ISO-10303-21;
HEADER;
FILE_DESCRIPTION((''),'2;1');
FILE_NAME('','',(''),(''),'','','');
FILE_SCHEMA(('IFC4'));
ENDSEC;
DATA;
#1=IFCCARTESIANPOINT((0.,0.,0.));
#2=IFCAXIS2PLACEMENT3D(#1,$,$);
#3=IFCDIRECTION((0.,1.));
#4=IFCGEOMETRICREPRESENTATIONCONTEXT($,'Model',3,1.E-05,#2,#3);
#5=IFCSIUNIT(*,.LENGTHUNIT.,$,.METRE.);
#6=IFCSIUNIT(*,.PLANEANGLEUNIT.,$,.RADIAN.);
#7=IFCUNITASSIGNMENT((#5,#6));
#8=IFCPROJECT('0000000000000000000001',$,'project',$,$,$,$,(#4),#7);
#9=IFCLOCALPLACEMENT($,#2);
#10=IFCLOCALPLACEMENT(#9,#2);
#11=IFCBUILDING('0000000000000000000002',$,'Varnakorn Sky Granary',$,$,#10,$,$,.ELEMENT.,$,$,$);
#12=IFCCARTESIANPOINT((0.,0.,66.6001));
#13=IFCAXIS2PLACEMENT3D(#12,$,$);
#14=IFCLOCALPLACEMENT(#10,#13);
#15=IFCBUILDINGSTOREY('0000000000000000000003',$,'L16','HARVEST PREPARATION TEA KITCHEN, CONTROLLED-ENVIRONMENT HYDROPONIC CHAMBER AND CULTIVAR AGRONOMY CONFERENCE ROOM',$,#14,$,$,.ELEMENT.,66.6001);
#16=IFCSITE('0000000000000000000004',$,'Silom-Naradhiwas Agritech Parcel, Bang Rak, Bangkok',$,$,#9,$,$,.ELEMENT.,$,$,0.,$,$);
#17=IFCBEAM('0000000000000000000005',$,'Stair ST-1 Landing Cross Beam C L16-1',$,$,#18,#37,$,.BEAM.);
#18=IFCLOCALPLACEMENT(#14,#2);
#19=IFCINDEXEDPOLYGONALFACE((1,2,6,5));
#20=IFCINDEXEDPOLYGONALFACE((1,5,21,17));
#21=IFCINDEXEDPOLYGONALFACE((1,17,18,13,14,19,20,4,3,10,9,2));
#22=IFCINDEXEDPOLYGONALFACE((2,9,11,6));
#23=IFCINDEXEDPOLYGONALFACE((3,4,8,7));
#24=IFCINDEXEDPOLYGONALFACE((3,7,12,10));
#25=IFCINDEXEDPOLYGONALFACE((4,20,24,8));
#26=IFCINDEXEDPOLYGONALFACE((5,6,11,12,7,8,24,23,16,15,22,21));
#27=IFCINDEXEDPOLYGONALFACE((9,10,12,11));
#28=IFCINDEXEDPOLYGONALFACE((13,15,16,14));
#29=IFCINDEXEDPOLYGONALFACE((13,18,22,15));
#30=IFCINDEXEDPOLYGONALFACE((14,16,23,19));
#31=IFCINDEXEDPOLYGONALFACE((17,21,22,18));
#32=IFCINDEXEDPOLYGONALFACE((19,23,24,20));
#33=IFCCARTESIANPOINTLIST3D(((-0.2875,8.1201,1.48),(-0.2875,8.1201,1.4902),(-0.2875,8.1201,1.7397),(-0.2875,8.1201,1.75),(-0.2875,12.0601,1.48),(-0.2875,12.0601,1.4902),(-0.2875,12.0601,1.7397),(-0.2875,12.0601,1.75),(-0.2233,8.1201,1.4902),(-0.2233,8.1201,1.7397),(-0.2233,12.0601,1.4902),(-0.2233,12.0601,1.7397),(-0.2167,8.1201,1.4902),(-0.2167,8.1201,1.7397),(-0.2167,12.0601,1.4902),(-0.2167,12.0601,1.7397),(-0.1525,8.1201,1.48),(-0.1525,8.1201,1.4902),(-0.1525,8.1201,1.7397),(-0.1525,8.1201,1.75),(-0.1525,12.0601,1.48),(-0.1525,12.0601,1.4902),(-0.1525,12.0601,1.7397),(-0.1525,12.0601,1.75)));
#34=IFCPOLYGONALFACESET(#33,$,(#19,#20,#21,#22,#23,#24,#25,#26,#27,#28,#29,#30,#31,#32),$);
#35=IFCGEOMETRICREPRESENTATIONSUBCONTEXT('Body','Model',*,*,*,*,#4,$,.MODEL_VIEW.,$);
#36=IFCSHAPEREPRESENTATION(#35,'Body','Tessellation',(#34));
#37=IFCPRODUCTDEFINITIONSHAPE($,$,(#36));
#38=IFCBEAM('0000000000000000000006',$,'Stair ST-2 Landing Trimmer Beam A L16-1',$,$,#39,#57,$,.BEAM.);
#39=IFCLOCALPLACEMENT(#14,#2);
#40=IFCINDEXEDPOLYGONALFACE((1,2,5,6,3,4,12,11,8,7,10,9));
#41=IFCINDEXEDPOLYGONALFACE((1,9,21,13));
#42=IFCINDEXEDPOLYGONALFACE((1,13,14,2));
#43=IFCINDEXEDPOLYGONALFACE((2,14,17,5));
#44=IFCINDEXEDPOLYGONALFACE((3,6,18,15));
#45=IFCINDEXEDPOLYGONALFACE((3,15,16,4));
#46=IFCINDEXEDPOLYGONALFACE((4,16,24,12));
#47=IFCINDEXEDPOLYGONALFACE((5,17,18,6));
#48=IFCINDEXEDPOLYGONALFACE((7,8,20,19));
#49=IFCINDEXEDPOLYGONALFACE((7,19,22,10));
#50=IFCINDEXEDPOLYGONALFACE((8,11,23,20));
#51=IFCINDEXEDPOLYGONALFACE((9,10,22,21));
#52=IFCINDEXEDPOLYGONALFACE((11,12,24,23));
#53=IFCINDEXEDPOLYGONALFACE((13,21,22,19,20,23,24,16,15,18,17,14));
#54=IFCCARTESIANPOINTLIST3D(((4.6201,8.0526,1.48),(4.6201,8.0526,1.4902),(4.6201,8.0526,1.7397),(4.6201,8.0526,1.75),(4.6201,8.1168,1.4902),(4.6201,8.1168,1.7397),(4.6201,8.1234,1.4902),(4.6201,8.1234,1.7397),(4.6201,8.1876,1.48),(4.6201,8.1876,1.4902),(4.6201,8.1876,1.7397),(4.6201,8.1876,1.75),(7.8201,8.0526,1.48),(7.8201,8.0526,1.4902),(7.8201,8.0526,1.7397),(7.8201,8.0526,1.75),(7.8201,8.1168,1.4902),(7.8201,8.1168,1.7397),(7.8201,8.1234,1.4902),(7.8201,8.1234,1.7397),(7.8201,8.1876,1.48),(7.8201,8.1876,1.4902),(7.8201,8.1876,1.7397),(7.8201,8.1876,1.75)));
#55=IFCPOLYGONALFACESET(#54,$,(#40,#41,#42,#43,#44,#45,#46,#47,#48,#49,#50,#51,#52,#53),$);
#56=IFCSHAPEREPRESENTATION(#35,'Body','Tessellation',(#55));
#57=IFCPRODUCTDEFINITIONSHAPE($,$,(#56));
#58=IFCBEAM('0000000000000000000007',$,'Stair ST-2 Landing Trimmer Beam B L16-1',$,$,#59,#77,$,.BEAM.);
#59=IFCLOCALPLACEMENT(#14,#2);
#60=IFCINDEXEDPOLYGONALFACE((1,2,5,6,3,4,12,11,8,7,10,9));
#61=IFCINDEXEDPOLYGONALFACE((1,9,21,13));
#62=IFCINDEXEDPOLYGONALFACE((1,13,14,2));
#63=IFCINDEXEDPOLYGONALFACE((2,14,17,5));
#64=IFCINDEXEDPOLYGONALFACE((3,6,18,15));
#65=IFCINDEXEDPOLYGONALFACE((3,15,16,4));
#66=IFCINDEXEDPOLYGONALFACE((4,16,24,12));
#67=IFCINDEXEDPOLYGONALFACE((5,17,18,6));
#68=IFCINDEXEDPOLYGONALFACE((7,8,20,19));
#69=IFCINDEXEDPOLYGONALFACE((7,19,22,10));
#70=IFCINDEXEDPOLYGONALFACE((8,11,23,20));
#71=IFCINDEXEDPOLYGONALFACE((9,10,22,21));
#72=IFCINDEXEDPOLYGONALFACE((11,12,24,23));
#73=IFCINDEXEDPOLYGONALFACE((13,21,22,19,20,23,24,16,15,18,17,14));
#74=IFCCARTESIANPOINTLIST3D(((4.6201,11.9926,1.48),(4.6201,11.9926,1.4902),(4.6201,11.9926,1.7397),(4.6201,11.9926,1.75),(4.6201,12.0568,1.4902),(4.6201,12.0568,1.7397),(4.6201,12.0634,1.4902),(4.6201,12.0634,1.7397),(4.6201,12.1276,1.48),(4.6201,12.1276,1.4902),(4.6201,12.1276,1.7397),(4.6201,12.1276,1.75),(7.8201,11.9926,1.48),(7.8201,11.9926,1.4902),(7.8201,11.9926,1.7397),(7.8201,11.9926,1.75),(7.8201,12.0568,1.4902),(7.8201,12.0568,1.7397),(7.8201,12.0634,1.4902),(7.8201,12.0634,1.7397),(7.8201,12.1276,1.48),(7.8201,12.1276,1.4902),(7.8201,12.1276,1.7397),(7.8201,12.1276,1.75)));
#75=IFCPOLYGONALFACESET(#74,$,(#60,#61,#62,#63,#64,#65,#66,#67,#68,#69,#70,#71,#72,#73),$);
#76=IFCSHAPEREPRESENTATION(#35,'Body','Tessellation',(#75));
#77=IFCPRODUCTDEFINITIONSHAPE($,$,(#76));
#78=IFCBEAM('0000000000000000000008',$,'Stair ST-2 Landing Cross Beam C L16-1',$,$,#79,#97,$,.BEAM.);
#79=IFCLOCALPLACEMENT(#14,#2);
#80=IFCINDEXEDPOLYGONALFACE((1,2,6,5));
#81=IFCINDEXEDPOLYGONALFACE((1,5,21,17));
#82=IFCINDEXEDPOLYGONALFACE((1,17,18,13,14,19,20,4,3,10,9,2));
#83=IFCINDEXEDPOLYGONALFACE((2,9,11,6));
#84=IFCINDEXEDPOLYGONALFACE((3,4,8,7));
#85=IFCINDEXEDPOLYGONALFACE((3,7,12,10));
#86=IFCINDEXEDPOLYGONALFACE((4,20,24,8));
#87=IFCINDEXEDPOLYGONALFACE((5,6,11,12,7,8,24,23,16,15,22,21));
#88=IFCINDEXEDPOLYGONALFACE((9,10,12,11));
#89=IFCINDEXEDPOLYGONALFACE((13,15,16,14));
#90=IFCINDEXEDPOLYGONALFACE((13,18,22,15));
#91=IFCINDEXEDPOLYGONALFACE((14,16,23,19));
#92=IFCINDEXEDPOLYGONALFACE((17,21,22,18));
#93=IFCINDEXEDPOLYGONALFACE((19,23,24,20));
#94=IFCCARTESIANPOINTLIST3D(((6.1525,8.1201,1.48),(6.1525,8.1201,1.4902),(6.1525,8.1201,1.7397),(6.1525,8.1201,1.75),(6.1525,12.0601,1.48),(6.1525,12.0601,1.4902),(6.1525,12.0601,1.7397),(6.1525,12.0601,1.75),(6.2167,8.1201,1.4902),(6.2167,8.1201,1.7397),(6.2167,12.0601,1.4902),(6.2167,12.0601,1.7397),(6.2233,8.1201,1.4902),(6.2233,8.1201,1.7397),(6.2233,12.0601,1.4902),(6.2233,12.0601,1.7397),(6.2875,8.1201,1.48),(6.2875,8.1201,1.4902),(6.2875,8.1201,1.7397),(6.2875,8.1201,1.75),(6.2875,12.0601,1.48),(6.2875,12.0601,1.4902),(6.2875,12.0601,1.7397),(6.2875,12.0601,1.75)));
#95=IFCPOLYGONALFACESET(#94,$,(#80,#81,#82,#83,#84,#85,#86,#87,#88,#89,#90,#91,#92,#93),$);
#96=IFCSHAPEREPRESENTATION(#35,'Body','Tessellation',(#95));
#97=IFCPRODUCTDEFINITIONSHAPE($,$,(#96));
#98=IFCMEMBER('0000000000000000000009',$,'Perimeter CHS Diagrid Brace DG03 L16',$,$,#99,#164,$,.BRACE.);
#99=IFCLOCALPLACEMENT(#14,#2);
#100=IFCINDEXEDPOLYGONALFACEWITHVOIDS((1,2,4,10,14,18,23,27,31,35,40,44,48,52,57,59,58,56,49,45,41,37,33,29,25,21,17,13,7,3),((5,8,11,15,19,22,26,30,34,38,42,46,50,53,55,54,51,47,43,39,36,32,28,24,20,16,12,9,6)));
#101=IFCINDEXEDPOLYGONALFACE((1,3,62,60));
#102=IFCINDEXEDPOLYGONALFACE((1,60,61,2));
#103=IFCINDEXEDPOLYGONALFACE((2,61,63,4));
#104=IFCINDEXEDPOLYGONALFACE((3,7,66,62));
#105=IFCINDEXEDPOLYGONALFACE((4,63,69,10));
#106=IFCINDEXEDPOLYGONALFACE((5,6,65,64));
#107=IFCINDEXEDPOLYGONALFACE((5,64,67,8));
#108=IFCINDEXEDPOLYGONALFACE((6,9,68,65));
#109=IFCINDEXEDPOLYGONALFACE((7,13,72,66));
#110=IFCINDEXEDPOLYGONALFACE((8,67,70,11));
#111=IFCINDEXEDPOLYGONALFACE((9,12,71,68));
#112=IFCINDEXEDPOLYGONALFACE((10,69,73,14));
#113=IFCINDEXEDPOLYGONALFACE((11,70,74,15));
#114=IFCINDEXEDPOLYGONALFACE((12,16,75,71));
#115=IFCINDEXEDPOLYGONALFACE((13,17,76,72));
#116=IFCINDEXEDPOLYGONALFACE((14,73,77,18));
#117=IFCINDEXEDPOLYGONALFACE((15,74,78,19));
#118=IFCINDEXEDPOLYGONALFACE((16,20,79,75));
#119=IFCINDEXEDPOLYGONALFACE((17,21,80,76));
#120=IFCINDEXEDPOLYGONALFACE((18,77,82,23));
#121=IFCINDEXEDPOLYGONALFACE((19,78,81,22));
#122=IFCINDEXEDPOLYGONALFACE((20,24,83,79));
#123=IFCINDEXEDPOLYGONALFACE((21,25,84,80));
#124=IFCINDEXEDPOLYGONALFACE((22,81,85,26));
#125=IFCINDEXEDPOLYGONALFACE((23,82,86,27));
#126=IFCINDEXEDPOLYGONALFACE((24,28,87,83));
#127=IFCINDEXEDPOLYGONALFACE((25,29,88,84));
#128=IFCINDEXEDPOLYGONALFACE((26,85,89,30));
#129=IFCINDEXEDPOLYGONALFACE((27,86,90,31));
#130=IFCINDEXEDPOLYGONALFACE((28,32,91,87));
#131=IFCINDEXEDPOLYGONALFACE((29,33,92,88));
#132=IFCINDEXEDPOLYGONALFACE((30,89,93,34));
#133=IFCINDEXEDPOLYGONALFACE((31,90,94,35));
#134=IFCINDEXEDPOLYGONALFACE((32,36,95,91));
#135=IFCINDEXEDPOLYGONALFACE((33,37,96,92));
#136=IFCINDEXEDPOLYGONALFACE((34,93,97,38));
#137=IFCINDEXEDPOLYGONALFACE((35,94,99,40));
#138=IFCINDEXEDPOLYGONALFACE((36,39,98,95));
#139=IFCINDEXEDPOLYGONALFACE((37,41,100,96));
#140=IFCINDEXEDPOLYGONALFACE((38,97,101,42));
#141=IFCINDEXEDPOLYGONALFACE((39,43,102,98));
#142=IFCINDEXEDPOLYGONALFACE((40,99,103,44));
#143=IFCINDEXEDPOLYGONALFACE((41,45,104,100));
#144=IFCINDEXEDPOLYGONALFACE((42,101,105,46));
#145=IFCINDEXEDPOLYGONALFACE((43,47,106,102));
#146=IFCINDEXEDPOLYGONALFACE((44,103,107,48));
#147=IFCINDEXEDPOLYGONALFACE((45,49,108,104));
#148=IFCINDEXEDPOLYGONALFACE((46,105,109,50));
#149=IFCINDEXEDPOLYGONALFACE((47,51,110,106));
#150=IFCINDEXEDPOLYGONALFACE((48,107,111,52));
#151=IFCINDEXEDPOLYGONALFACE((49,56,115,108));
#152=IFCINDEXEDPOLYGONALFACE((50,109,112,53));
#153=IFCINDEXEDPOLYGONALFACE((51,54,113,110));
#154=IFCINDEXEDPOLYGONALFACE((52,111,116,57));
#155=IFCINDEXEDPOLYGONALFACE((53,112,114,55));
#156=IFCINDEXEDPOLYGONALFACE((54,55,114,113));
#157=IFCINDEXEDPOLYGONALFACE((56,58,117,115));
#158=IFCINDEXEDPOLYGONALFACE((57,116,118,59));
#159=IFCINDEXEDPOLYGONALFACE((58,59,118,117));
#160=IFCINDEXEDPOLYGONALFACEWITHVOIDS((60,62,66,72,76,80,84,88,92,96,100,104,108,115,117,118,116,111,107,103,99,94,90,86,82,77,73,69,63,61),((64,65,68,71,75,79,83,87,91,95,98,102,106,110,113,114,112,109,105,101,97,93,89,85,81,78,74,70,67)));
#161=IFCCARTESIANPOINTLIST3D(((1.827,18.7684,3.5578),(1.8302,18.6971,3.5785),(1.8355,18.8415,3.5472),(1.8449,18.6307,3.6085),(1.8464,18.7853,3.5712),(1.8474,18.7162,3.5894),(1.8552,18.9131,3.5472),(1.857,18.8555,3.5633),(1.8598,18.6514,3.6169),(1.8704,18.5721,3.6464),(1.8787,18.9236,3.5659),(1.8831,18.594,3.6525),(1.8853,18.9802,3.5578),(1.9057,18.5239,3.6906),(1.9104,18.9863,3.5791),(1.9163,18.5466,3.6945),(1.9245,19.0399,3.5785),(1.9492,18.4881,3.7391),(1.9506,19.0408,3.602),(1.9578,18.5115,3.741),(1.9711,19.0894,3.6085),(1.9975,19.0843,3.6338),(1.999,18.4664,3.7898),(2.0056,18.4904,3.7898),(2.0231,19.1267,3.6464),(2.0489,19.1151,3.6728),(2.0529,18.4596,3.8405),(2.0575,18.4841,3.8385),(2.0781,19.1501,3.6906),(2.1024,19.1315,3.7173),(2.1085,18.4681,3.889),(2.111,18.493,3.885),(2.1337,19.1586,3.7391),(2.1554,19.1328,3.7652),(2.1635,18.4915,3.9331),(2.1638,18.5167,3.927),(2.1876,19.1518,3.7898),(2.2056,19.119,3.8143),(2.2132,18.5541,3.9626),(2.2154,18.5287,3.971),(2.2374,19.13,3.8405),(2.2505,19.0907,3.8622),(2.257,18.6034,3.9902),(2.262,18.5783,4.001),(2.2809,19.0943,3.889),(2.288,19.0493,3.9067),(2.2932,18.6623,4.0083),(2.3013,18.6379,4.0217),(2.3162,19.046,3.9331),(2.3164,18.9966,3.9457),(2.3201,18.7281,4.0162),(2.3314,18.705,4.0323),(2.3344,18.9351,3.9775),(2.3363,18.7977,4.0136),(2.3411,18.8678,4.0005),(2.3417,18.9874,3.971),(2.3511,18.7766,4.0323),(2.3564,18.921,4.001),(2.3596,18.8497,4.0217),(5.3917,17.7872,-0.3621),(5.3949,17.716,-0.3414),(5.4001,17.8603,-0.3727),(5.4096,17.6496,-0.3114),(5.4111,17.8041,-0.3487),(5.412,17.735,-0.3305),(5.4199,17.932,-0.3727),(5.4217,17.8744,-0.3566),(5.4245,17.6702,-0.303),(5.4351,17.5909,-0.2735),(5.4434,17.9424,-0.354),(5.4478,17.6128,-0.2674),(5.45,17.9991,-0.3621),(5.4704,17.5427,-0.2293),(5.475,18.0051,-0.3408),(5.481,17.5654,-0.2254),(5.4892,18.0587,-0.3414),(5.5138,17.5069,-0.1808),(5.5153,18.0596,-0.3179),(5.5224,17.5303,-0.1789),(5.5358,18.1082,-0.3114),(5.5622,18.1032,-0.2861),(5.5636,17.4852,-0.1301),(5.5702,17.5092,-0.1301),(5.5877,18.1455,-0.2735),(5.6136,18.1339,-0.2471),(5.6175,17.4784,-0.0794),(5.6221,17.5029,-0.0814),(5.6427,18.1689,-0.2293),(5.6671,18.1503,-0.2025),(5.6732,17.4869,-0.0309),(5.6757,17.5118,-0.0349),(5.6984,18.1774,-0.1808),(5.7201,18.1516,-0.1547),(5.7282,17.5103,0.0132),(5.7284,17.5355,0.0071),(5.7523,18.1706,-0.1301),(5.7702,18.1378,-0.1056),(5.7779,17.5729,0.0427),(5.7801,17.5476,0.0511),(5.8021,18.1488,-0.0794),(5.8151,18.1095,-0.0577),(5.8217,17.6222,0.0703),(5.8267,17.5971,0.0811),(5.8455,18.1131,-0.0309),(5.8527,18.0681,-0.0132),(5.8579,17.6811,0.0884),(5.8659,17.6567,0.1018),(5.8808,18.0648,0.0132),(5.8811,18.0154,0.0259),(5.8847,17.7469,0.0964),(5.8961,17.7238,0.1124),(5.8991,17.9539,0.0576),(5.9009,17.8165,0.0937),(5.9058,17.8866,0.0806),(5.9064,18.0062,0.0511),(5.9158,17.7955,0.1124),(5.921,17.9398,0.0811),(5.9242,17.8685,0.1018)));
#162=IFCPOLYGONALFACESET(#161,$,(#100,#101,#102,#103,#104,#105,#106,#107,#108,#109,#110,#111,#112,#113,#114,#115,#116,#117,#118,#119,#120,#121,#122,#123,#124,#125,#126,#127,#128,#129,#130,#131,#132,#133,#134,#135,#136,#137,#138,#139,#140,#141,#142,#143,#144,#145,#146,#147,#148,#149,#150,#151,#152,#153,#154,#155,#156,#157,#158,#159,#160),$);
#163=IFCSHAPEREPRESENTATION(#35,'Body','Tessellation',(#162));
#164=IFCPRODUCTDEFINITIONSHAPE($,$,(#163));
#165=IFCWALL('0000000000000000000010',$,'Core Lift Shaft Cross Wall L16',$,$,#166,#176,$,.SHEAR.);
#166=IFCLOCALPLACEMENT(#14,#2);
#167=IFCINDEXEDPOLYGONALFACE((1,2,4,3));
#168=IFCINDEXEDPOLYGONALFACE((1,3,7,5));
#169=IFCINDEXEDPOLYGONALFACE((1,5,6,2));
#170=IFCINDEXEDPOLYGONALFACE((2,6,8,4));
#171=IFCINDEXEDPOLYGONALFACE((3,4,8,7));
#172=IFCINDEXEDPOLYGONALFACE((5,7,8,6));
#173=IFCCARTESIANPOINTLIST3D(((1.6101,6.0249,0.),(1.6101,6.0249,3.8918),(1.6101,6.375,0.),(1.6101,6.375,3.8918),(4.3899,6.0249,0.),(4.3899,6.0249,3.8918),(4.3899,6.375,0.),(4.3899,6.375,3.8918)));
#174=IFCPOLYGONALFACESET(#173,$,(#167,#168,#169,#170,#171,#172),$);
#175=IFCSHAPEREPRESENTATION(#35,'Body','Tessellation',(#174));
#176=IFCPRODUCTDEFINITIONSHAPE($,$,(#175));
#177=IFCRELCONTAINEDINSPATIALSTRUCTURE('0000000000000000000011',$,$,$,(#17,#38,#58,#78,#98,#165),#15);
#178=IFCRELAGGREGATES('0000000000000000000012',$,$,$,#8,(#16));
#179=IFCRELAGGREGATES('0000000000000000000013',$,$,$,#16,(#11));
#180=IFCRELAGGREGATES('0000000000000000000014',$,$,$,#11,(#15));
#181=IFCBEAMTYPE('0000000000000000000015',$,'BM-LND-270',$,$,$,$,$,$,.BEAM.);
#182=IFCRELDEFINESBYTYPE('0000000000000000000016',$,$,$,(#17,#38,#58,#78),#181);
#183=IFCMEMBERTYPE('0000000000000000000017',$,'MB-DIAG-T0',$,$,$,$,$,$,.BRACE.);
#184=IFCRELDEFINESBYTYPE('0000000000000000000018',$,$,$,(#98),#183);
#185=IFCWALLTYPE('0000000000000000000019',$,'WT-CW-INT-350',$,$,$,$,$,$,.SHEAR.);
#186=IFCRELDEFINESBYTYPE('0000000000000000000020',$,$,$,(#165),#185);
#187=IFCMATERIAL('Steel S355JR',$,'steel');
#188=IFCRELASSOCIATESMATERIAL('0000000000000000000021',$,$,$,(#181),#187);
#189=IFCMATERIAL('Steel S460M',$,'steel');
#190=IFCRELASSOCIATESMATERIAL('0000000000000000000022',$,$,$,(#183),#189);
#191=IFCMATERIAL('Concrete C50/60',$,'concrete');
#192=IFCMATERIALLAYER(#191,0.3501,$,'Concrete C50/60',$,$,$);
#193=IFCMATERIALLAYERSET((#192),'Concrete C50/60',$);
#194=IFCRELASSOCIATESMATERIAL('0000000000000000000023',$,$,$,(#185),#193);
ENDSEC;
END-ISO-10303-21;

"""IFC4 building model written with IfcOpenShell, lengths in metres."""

from ifc_helpers import new_model, si_unit, direction, frame, frame_2d, origin, origin_2d, place, context, subcontext, project, spatial, rectangle, hollow_circle, i_section, extrude, material, layer, layer_set, material_profile, profile_set, type_object, element, save


model = new_model("IFC4")

# Units and contexts
model_context = context("Model", 3, precision=1e-05, world=origin(), true_north=direction((0.0, 1.0)))
body_context = subcontext(model_context, "Body", "Model", "MODEL_VIEW")
ifc_project = project(units=[si_unit("LENGTHUNIT", "METRE"), si_unit("PLANEANGLEUNIT", "RADIAN")], contexts=[model_context])

# Site, building, storey
site_placement = place(None, origin())
site = spatial("IfcSite", under=ifc_project, at=site_placement, Name="Silom-Naradhiwas Agritech Parcel, Bang Rak, Bangkok", CompositionType="ELEMENT", RefElevation=0.0)
building_placement = place(site_placement, origin())
building = spatial("IfcBuilding", under=site, at=building_placement, Name="Varnakorn Sky Granary", CompositionType="ELEMENT")
storey_placement = place(building_placement, frame((0.0, 0.0, 66.6001)))
storey = spatial("IfcBuildingStorey", under=building, at=storey_placement, Name="L16", Description="HARVEST PREPARATION TEA KITCHEN, CONTROLLED-ENVIRONMENT HYDROPONIC CHAMBER AND CULTIVAR AGRONOMY CONFERENCE ROOM", CompositionType="ELEMENT", Elevation=66.6001)

# Beams
ifc_material_1 = material(Name="Steel S355JR", Category="steel")
ifc_material_profile_1 = material_profile(ifc_material_1, i_section(OverallWidth=0.135, OverallDepth=0.27, WebThickness=0.0066, FlangeThickness=0.0103, at=origin_2d()), Name="IPE 270")
ifc_profile_set_1 = profile_set([ifc_material_profile_1], Name="Steel S355JR")
beam_type = type_object("IfcBeamType", Name="BM-LND-270", PredefinedType="BEAM", material=ifc_profile_set_1)
beam_1_placement = place(storey_placement, frame((-0.22, 8.1201, 1.615), z_axis=(0.0, 1.0, 0.0), x_axis=(-1.0, 0.0, 0.0)))
element("IfcBeam", 1, at=beam_1_placement, inside=storey, type_object=beam_type, Name="Stair ST-1 Landing Cross Beam C L16-1", PredefinedType="BEAM", context=body_context, shape_type="SweptSolid", body=[
    extrude(i_section(OverallWidth=0.135, OverallDepth=0.27, WebThickness=0.0066, FlangeThickness=0.0103, at=origin_2d()), origin(), (0.0, 0.0, 1.0), 3.9399),
])
for number, where, z_axis, x_axis, name in (
    (2, (4.6201, 8.1201, 1.615), (1.0, 0.0, 0.0), (0.0, 1.0, 0.0), "Stair ST-2 Landing Trimmer Beam A L16-1"),
    (3, (4.6201, 12.0601, 1.615), (1.0, 0.0, 0.0), (0.0, 1.0, 0.0), "Stair ST-2 Landing Trimmer Beam B L16-1"),
):
    element("IfcBeam", number, at=place(storey_placement, frame(where, z_axis=z_axis, x_axis=x_axis)), inside=storey, type_object=beam_type, Name=name, PredefinedType="BEAM", context=body_context, shape_type="SweptSolid", body=[
        extrude(i_section(OverallWidth=0.135, OverallDepth=0.27, WebThickness=0.0066, FlangeThickness=0.0103, at=origin_2d()), origin(), (0.0, 0.0, 1.0), 3.2),
    ])
beam_2_placement = place(storey_placement, frame((6.22, 8.1201, 1.615), z_axis=(0.0, 1.0, 0.0), x_axis=(-1.0, 0.0, 0.0)))
element("IfcBeam", 4, at=beam_2_placement, inside=storey, type_object=beam_type, Name="Stair ST-2 Landing Cross Beam C L16-1", PredefinedType="BEAM", context=body_context, shape_type="SweptSolid", body=[
    extrude(i_section(OverallWidth=0.135, OverallDepth=0.27, WebThickness=0.0066, FlangeThickness=0.0103, at=origin_2d()), origin(), (0.0, 0.0, 1.0), 3.9399),
])

# Member
ifc_material_2 = material(Name="Steel S460M", Category="steel")
ifc_material_profile_2 = material_profile(ifc_material_2, hollow_circle(Radius=0.3555, WallThickness=0.0249, at=origin_2d()), Name="CHS 711x25")
ifc_profile_set_2 = profile_set([ifc_material_profile_2], Name="Steel S460M")
member_type = type_object("IfcMemberType", Name="MB-DIAG-T0", PredefinedType="BRACE", material=ifc_profile_set_2)
member_placement = place(storey_placement, frame((5.658, 17.8279, -0.1301), z_axis=(-0.661542, 0.182093, 0.727465), x_axis=(-0.265385, -0.964142, 0.0)))
element("IfcMember", 5, at=member_placement, inside=storey, type_object=member_type, Name="Perimeter CHS Diagrid Brace DG03 L16", PredefinedType="BRACE", context=body_context, shape_type="SweptSolid", body=[
    extrude(hollow_circle(Radius=0.3555, WallThickness=0.0249, at=origin_2d()), origin(), (0.0, 0.0, 1.0), 5.3884),
])

# Wall
ifc_material_3 = material(Name="Concrete C50/60", Category="concrete")
ifc_layer_1 = layer(ifc_material_3, 0.3501, Name="Concrete C50/60")
ifc_layer_set_1 = layer_set([ifc_layer_1], Name="Concrete C50/60")
wall_type_1 = type_object("IfcWallType", Name="WT-CW-INT-350", PredefinedType="SHEAR", material=ifc_layer_set_1)
wall_1_placement = place(storey_placement, frame((1.6101, 6.2, 0.0), z_axis=(0.0, 0.0, 1.0), x_axis=(1.0, 0.0, 0.0)))
element("IfcWall", 6, at=wall_1_placement, inside=storey, type_object=wall_type_1, Name="Core Lift Shaft Cross Wall L16", PredefinedType="SHEAR", context=body_context, shape_type="SweptSolid", body=[
    extrude(rectangle(XDim=2.7798, YDim=0.3501, at=frame_2d((1.3899, 0.0))), origin(), (0.0, 0.0, 1.0), 3.8918),
])

save(model, "model.ifc")
